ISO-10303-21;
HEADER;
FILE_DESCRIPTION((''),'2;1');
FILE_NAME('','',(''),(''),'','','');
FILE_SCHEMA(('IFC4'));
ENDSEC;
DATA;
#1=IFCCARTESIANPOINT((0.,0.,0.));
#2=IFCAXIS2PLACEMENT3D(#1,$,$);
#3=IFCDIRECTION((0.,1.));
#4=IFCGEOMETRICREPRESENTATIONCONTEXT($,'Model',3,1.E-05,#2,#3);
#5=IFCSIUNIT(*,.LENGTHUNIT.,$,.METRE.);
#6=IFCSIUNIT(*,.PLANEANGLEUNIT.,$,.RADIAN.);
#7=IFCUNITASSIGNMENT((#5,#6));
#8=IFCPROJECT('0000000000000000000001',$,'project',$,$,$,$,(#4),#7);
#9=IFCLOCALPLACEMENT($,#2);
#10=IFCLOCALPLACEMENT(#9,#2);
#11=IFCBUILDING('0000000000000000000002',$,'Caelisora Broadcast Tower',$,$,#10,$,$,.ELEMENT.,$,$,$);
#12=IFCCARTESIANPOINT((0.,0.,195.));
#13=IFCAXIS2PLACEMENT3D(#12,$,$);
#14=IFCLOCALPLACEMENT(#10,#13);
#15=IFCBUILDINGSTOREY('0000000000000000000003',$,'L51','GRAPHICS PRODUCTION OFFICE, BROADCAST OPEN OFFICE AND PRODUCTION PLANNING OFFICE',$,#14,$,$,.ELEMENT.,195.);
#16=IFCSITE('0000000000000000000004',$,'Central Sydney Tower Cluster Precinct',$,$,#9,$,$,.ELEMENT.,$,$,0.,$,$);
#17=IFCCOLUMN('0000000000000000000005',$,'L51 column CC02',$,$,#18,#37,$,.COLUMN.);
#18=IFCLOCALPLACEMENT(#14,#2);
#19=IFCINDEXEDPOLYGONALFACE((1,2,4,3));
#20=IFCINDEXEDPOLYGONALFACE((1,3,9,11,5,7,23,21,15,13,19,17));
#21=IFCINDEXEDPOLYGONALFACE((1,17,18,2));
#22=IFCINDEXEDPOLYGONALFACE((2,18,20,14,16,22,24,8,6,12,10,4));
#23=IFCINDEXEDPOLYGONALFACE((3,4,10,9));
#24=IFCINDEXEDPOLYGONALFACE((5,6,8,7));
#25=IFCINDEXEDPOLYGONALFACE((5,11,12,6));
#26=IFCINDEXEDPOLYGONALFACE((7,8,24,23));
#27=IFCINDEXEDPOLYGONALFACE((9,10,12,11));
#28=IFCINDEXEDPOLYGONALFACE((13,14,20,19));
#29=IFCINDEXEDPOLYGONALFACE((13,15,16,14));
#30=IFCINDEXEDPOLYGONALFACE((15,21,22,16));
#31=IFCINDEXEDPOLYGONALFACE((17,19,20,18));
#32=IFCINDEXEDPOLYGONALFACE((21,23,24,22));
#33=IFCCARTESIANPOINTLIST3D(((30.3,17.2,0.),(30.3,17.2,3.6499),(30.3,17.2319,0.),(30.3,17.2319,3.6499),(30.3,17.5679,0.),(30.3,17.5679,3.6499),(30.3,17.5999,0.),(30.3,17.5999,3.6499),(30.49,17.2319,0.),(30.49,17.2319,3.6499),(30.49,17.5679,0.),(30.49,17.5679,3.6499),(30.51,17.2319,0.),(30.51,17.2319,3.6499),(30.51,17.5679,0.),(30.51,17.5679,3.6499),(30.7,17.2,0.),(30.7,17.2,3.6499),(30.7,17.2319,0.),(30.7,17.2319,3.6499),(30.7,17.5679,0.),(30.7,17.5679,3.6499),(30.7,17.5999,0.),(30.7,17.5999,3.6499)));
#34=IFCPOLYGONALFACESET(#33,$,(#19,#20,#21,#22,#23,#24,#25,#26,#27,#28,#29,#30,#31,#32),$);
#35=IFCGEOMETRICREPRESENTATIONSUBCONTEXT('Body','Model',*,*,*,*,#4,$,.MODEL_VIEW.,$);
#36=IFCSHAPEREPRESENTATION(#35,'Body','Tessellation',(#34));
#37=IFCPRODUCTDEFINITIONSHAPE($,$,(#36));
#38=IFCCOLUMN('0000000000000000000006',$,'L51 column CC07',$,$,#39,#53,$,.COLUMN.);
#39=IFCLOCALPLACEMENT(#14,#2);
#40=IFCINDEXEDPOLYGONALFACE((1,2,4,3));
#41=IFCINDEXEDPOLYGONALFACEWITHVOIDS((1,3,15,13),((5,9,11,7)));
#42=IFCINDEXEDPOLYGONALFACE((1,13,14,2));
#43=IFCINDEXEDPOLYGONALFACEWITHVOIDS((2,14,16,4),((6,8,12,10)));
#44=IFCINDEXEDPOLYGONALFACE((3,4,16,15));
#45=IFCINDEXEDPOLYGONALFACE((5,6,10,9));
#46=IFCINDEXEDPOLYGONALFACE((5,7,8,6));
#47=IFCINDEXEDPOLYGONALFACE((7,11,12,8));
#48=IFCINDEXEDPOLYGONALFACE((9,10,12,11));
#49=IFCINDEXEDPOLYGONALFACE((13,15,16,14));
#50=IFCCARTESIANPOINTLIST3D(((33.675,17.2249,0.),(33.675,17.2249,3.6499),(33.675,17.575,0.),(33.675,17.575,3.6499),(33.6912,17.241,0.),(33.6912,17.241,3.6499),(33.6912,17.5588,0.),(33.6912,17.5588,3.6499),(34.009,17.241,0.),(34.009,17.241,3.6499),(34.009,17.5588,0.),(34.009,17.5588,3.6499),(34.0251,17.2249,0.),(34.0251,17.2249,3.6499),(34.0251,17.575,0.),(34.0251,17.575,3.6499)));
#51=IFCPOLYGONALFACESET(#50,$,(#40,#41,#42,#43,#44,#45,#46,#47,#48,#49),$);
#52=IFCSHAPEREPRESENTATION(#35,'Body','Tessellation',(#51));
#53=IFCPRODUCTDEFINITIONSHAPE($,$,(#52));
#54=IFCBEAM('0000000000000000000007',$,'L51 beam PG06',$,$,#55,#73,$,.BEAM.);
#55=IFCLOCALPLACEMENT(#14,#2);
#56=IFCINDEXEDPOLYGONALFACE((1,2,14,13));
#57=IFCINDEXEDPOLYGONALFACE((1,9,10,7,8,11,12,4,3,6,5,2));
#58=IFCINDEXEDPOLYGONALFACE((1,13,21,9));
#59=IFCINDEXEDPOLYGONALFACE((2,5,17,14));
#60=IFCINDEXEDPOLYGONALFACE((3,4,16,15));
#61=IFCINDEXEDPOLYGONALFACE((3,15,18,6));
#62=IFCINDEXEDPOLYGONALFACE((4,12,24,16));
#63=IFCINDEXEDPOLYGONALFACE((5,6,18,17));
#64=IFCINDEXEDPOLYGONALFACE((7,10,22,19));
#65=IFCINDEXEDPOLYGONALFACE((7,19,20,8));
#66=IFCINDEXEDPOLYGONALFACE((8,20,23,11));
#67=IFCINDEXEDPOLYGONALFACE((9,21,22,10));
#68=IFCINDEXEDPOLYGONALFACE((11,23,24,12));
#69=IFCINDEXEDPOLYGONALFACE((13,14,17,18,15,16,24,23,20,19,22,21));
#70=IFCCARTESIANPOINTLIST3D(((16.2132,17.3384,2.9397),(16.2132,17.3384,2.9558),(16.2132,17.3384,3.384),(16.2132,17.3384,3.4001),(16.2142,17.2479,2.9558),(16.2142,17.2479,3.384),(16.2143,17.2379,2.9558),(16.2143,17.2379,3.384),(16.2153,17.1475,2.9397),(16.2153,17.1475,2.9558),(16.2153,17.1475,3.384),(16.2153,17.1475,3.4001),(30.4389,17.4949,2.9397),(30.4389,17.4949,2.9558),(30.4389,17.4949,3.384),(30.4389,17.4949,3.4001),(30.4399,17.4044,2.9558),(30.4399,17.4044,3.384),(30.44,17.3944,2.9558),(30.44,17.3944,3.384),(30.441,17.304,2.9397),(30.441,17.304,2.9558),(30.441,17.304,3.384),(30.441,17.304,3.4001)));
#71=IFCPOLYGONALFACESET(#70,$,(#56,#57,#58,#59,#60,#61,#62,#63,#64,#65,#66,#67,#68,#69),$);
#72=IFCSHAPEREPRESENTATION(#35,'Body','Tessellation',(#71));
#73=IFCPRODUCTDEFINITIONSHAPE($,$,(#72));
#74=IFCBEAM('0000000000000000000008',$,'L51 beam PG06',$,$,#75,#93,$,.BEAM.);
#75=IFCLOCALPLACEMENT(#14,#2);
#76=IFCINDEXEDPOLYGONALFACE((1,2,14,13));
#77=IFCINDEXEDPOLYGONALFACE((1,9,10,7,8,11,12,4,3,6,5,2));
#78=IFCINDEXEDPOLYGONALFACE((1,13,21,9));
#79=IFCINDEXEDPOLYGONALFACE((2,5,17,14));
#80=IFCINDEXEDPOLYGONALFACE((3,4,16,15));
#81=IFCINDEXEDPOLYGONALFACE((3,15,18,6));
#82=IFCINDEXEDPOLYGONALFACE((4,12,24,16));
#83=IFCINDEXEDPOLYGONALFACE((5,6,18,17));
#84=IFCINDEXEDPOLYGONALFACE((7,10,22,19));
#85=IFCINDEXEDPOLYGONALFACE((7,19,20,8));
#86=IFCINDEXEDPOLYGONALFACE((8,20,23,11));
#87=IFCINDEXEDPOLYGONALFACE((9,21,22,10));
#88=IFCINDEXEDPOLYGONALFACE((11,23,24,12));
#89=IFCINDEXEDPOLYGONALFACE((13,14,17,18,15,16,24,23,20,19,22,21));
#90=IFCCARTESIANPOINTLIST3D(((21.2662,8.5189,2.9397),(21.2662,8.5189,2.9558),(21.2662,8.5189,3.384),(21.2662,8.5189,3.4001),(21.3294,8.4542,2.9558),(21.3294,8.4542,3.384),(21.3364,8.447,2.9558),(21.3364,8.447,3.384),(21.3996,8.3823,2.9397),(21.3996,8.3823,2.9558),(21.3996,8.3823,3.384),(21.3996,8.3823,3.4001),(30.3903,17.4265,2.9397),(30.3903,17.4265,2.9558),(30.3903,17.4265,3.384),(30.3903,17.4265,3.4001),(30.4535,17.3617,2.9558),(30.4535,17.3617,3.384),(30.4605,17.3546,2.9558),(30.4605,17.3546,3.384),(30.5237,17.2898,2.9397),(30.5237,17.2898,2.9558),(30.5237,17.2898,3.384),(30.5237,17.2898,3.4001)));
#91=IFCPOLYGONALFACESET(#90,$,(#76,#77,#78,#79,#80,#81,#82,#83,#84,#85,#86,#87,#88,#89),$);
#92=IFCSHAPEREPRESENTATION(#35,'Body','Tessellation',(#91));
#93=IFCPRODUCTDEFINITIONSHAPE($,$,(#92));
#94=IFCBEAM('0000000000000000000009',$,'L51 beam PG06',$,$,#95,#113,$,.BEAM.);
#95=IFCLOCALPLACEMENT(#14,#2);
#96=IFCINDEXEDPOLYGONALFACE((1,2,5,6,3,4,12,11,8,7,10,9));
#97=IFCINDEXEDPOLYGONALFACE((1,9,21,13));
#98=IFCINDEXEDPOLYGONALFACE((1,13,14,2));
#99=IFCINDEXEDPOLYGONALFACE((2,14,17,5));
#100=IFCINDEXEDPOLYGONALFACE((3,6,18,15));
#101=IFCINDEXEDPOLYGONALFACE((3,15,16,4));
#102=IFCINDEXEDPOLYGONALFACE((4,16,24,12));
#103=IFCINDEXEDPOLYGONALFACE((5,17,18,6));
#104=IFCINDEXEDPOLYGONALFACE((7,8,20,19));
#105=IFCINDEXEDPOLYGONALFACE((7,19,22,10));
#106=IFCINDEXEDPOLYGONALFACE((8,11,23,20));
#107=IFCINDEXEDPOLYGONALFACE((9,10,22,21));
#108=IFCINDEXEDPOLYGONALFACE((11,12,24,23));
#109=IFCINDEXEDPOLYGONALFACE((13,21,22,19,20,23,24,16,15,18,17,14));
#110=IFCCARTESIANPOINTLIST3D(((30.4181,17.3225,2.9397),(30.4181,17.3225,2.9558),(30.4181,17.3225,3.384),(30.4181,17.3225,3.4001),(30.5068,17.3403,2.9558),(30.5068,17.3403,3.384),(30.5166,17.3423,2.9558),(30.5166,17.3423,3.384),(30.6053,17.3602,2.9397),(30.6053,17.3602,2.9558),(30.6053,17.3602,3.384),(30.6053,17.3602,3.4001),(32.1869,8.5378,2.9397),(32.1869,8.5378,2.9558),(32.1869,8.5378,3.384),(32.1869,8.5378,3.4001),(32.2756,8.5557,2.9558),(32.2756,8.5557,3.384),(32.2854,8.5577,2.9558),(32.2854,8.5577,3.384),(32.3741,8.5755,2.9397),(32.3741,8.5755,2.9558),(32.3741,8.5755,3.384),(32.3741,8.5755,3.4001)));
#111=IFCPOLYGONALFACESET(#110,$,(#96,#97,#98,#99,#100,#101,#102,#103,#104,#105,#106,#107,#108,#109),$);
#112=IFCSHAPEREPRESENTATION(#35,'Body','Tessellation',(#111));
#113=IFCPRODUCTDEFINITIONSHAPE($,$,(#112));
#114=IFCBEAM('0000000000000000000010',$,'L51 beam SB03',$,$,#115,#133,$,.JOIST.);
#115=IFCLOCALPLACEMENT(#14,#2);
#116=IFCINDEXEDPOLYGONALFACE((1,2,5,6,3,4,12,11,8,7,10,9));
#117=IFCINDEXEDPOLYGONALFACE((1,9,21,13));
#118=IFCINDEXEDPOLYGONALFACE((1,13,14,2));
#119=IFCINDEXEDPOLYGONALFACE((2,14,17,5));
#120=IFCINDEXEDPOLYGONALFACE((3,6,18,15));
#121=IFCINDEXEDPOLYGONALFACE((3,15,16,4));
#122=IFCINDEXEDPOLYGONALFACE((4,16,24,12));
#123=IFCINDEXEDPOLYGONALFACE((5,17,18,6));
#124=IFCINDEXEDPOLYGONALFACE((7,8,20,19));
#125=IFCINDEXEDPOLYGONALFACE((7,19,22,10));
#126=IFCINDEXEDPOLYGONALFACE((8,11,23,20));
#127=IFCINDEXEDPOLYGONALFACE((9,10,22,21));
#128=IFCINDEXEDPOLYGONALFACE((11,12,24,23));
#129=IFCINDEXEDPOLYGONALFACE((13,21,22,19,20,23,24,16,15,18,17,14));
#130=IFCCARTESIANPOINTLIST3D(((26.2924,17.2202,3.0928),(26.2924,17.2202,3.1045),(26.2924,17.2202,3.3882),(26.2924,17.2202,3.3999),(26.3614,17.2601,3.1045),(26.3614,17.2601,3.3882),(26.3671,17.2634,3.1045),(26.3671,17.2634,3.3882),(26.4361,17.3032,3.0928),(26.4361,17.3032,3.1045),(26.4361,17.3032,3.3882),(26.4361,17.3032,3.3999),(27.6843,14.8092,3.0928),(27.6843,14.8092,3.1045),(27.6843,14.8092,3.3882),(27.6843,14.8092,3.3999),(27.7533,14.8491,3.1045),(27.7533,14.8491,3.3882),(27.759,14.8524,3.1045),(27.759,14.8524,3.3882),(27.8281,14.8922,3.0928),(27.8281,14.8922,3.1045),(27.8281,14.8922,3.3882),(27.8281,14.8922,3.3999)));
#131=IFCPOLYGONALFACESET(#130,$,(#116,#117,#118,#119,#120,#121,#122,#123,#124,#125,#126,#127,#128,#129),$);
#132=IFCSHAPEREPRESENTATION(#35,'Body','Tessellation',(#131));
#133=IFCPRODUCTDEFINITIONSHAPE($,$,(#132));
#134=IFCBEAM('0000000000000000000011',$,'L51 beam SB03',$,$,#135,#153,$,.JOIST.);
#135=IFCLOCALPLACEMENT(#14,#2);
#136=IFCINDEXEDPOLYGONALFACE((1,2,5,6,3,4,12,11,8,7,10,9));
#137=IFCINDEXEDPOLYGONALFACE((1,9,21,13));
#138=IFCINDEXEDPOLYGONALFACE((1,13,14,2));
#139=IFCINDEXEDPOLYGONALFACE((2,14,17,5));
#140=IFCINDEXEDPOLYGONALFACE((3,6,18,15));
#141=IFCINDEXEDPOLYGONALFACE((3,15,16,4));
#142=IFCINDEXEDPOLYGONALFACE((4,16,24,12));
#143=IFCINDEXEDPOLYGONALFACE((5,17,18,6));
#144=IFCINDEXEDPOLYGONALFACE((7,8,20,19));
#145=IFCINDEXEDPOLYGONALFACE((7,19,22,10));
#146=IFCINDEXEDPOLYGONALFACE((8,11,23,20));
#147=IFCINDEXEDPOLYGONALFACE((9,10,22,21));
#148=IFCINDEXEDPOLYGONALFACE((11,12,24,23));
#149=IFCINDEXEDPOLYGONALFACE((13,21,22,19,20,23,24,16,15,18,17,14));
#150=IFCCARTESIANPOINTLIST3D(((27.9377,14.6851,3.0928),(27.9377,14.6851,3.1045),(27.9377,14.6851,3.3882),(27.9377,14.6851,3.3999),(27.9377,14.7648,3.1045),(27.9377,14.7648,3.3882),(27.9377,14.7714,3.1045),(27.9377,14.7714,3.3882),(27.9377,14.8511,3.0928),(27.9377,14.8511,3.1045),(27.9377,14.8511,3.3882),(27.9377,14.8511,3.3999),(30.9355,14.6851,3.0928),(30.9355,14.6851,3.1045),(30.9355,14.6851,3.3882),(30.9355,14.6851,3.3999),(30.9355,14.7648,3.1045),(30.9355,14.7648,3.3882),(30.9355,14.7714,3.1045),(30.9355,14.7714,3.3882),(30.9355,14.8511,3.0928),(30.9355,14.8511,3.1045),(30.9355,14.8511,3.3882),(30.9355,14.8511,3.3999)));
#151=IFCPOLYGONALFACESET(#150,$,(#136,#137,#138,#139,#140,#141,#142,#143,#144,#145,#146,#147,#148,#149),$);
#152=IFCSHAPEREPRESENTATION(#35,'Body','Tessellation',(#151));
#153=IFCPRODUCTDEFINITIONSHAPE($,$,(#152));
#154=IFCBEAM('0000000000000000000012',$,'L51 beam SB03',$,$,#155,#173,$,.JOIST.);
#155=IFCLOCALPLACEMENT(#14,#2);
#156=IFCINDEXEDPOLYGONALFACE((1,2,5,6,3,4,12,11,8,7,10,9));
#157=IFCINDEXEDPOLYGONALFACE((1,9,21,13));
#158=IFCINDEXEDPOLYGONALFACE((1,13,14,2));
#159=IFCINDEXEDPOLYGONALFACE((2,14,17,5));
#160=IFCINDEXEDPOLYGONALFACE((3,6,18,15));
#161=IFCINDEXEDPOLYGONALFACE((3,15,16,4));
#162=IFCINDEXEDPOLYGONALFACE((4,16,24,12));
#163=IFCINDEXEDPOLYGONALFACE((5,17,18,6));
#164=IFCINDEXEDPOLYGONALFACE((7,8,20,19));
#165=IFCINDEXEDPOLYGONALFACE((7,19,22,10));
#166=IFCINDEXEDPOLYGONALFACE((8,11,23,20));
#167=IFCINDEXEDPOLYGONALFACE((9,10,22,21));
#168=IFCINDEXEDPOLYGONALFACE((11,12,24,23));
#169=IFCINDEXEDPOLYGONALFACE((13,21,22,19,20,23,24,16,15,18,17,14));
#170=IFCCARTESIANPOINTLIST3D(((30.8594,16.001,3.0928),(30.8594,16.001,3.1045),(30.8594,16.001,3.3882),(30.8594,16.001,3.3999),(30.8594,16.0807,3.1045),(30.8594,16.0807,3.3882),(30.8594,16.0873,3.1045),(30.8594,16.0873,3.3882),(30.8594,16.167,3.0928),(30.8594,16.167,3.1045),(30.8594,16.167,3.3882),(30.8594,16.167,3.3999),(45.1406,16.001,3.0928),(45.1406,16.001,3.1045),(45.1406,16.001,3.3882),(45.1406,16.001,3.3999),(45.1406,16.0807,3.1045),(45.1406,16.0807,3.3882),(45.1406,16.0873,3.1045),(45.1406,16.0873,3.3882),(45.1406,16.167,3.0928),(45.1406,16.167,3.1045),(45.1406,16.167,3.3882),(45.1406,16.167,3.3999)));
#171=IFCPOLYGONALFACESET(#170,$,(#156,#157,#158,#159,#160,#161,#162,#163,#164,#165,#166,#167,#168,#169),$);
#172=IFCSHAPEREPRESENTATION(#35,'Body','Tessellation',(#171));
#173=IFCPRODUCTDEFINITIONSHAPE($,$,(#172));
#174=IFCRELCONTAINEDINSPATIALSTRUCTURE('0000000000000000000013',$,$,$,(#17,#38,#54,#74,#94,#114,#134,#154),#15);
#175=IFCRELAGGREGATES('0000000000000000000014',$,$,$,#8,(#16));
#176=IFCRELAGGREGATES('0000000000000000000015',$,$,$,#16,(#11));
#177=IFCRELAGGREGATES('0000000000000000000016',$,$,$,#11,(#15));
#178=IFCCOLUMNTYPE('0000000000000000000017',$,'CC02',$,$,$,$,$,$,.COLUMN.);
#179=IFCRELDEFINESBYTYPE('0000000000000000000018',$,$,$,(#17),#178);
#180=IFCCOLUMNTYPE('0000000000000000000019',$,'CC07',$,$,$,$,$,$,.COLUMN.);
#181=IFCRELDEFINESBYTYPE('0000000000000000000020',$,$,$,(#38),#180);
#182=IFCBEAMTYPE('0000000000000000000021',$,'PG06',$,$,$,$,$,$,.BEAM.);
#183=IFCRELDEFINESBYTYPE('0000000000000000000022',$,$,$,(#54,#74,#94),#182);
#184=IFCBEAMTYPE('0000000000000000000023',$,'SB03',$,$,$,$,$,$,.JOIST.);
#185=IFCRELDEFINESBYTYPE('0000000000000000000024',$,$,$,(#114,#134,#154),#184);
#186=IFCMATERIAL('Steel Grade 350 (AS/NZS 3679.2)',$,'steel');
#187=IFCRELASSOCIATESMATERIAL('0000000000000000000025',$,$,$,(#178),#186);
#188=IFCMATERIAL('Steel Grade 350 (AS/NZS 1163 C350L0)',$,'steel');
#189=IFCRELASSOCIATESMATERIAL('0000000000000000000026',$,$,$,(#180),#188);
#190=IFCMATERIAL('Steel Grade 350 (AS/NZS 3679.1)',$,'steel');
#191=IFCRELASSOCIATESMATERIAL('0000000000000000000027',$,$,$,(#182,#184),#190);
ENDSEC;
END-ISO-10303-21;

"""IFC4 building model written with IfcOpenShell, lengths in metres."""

from ifc_helpers import new_model, si_unit, direction, frame, origin, origin_2d, place, context, subcontext, project, spatial, hollow_rectangle, i_section, extrude, source, transform, mapped, material, material_profile, profile_set, type_object, type_shapes, element, save


model = new_model("IFC4")

# Units and contexts
model_context = context("Model", 3, precision=1e-05, world=origin(), true_north=direction((0.0, 1.0)))
body_context = subcontext(model_context, "Body", "Model", "MODEL_VIEW")
ifc_project = project(units=[si_unit("LENGTHUNIT", "METRE"), si_unit("PLANEANGLEUNIT", "RADIAN")], contexts=[model_context])

# Site, building, storey
site_placement = place(None, origin())
site = spatial("IfcSite", under=ifc_project, at=site_placement, Name="Central Sydney Tower Cluster Precinct", CompositionType="ELEMENT", RefElevation=0.0)
building_placement = place(site_placement, origin())
building = spatial("IfcBuilding", under=site, at=building_placement, Name="Caelisora Broadcast Tower", CompositionType="ELEMENT")
storey_placement = place(building_placement, frame((0.0, 0.0, 195.0)))
storey = spatial("IfcBuildingStorey", under=building, at=storey_placement, Name="L51", Description="GRAPHICS PRODUCTION OFFICE, BROADCAST OPEN OFFICE AND PRODUCTION PLANNING OFFICE", CompositionType="ELEMENT", Elevation=195.0)

# Columns
ifc_material_1 = material(Name="Steel Grade 350 (AS/NZS 3679.2)", Category="steel")
ifc_material_profile_1 = material_profile(ifc_material_1, i_section(OverallWidth=0.3999, OverallDepth=0.3999, WebThickness=0.02, FlangeThickness=0.032, at=origin_2d()), Name="Steel Grade 350 (AS/NZS 3679.2)")
ifc_profile_set_1 = profile_set([ifc_material_profile_1], Name="Steel Grade 350 (AS/NZS 3679.2)")
column_type_1 = type_object("IfcColumnType", Name="CC02", PredefinedType="COLUMN", material=ifc_profile_set_1)
shared_shape_1 = source(origin(), body_context, "Body", "SweptSolid", [
    extrude(i_section(OverallWidth=0.3999, OverallDepth=0.3999, WebThickness=0.02, FlangeThickness=0.032, at=origin_2d()), origin(), (0.0, 0.0, 1.0), 3.6499),
])
type_shapes(column_type_1, [shared_shape_1])
column_1_placement = place(storey_placement, frame((30.5, 17.3999, 0.0), z_axis=(0.0, 0.0, 1.0), x_axis=(1.0, 0.0, 0.0)))
element("IfcColumn", 1, at=column_1_placement, inside=storey, type_object=column_type_1, Name="L51 column CC02", PredefinedType="COLUMN", context=body_context, shape_type="MappedRepresentation", body=[
    mapped(shared_shape_1, transform((0.0, 0.0, 0.0), scale=1.0)),
])
ifc_material_2 = material(Name="Steel Grade 350 (AS/NZS 1163 C350L0)", Category="steel")
ifc_material_profile_2 = material_profile(ifc_material_2, hollow_rectangle(XDim=0.3501, YDim=0.3501, WallThickness=0.0161, at=origin_2d()), Name="Steel Grade 350 (AS/NZS 1163 C350L0)")
ifc_profile_set_2 = profile_set([ifc_material_profile_2], Name="Steel Grade 350 (AS/NZS 1163 C350L0)")
column_type_2 = type_object("IfcColumnType", Name="CC07", PredefinedType="COLUMN", material=ifc_profile_set_2)
shared_shape_2 = source(origin(), body_context, "Body", "SweptSolid", [
    extrude(hollow_rectangle(XDim=0.3501, YDim=0.3501, WallThickness=0.0161, at=origin_2d()), origin(), (0.0, 0.0, 1.0), 3.6499),
])
type_shapes(column_type_2, [shared_shape_2])
column_2_placement = place(storey_placement, frame((33.8501, 17.3999, 0.0), z_axis=(0.0, 0.0, 1.0), x_axis=(1.0, 0.0, 0.0)))
element("IfcColumn", 2, at=column_2_placement, inside=storey, type_object=column_type_2, Name="L51 column CC07", PredefinedType="COLUMN", context=body_context, shape_type="MappedRepresentation", body=[
    mapped(shared_shape_2, transform((0.0, 0.0, 0.0), scale=1.0)),
])

# Beams
ifc_material_3 = material(Name="Steel Grade 350 (AS/NZS 3679.1)", Category="steel")
ifc_material_profile_3 = material_profile(ifc_material_3, i_section(OverallWidth=0.1909, OverallDepth=0.4604, WebThickness=0.01, FlangeThickness=0.0161, at=origin_2d()), Name="Steel Grade 350 (AS/NZS 3679.1)")
ifc_profile_set_3 = profile_set([ifc_material_profile_3], Name="Steel Grade 350 (AS/NZS 3679.1)")
beam_type_1 = type_object("IfcBeamType", Name="PG06", PredefinedType="BEAM", material=ifc_profile_set_3)
shared_shape_3 = source(origin(), body_context, "Body", "SweptSolid", [
    extrude(i_section(OverallWidth=0.1909, OverallDepth=0.4604, WebThickness=0.01, FlangeThickness=0.0161, at=origin_2d()), origin(), (0.0, 0.0, 1.0), 14.2266),
])
beam_1_placement = place(storey_placement, frame((30.4399, 17.3994, 3.1699), z_axis=(-0.999939, -0.011, 0.0), x_axis=(0.011, -0.999939, 0.0)))
element("IfcBeam", 3, at=beam_1_placement, inside=storey, type_object=beam_type_1, Name="L51 beam PG06", PredefinedType="BEAM", context=body_context, shape_type="MappedRepresentation", body=[
    mapped(shared_shape_3, transform((0.0, 0.0, 0.0), scale=1.0)),
])
shared_shape_4 = source(origin(), body_context, "Body", "SweptSolid", [
    extrude(i_section(OverallWidth=0.1909, OverallDepth=0.4604, WebThickness=0.01, FlangeThickness=0.0161, at=origin_2d()), origin(), (0.0, 0.0, 1.0), 12.7512),
])
beam_2_placement = place(storey_placement, frame((30.457, 17.3582, 3.1699), z_axis=(-0.715547, -0.698564, 0.0), x_axis=(0.698564, -0.715547, 0.0)))
element("IfcBeam", 4, at=beam_2_placement, inside=storey, type_object=beam_type_1, Name="L51 beam PG06", PredefinedType="BEAM", context=body_context, shape_type="MappedRepresentation", body=[
    mapped(shared_shape_4, transform((0.0, 0.0, 0.0), scale=1.0)),
])
shared_shape_5 = source(origin(), body_context, "Body", "SweptSolid", [
    extrude(i_section(OverallWidth=0.1909, OverallDepth=0.4604, WebThickness=0.01, FlangeThickness=0.0161, at=origin_2d()), origin(), (0.0, 0.0, 1.0), 8.9609),
])
type_shapes(beam_type_1, [shared_shape_3, shared_shape_4, shared_shape_5])
beam_3_placement = place(storey_placement, frame((30.5117, 17.3413, 3.1699), z_axis=(0.197389, -0.980325, 0.0), x_axis=(0.980325, 0.197389, 0.0)))
element("IfcBeam", 5, at=beam_3_placement, inside=storey, type_object=beam_type_1, Name="L51 beam PG06", PredefinedType="BEAM", context=body_context, shape_type="MappedRepresentation", body=[
    mapped(shared_shape_5, transform((0.0, 0.0, 0.0), scale=1.0)),
])
ifc_material_profile_4 = material_profile(ifc_material_3, i_section(OverallWidth=0.166, OverallDepth=0.3071, WebThickness=0.0066, FlangeThickness=0.0117, at=origin_2d()), Name="Steel Grade 350 (AS/NZS 3679.1)")
ifc_profile_set_4 = profile_set([ifc_material_profile_4], Name="Steel Grade 350 (AS/NZS 3679.1)")
beam_type_2 = type_object("IfcBeamType", Name="SB03", PredefinedType="JOIST", material=ifc_profile_set_4)
shared_shape_6 = source(origin(), body_context, "Body", "SweptSolid", [
    extrude(i_section(OverallWidth=0.166, OverallDepth=0.3071, WebThickness=0.0066, FlangeThickness=0.0117, at=origin_2d()), origin(), (0.0, 0.0, 1.0), 2.7839),
])
beam_4_placement = place(storey_placement, frame((26.3643, 17.2617, 3.2463), z_axis=(0.499978, -0.866038, 0.0), x_axis=(0.866038, 0.499978, 0.0)))
element("IfcBeam", 6, at=beam_4_placement, inside=storey, type_object=beam_type_2, Name="L51 beam SB03", PredefinedType="JOIST", context=body_context, shape_type="MappedRepresentation", body=[
    mapped(shared_shape_6, transform((0.0, 0.0, 0.0), scale=1.0)),
])
shared_shape_7 = source(origin(), body_context, "Body", "SweptSolid", [
    extrude(i_section(OverallWidth=0.166, OverallDepth=0.3071, WebThickness=0.0066, FlangeThickness=0.0117, at=origin_2d()), origin(), (0.0, 0.0, 1.0), 2.9978),
])
beam_5_placement = place(storey_placement, frame((27.9377, 14.7681, 3.2463), z_axis=(1.0, 0.0, 0.0), x_axis=(0.0, 1.0, 0.0)))
element("IfcBeam", 7, at=beam_5_placement, inside=storey, type_object=beam_type_2, Name="L51 beam SB03", PredefinedType="JOIST", context=body_context, shape_type="MappedRepresentation", body=[
    mapped(shared_shape_7, transform((0.0, 0.0, 0.0), scale=1.0)),
])
shared_shape_8 = source(origin(), body_context, "Body", "SweptSolid", [
    extrude(i_section(OverallWidth=0.166, OverallDepth=0.3071, WebThickness=0.0066, FlangeThickness=0.0117, at=origin_2d()), origin(), (0.0, 0.0, 1.0), 14.2812),
])
beam_6_placement = place(storey_placement, frame((30.8594, 16.084, 3.2463), z_axis=(1.0, 0.0, 0.0), x_axis=(0.0, 1.0, 0.0)))
element("IfcBeam", 8, at=beam_6_placement, inside=storey, type_object=beam_type_2, Name="L51 beam SB03", PredefinedType="JOIST", context=body_context, shape_type="MappedRepresentation", body=[
    mapped(shared_shape_8, transform((0.0, 0.0, 0.0), scale=1.0)),
])

save(model, "model.ifc")
